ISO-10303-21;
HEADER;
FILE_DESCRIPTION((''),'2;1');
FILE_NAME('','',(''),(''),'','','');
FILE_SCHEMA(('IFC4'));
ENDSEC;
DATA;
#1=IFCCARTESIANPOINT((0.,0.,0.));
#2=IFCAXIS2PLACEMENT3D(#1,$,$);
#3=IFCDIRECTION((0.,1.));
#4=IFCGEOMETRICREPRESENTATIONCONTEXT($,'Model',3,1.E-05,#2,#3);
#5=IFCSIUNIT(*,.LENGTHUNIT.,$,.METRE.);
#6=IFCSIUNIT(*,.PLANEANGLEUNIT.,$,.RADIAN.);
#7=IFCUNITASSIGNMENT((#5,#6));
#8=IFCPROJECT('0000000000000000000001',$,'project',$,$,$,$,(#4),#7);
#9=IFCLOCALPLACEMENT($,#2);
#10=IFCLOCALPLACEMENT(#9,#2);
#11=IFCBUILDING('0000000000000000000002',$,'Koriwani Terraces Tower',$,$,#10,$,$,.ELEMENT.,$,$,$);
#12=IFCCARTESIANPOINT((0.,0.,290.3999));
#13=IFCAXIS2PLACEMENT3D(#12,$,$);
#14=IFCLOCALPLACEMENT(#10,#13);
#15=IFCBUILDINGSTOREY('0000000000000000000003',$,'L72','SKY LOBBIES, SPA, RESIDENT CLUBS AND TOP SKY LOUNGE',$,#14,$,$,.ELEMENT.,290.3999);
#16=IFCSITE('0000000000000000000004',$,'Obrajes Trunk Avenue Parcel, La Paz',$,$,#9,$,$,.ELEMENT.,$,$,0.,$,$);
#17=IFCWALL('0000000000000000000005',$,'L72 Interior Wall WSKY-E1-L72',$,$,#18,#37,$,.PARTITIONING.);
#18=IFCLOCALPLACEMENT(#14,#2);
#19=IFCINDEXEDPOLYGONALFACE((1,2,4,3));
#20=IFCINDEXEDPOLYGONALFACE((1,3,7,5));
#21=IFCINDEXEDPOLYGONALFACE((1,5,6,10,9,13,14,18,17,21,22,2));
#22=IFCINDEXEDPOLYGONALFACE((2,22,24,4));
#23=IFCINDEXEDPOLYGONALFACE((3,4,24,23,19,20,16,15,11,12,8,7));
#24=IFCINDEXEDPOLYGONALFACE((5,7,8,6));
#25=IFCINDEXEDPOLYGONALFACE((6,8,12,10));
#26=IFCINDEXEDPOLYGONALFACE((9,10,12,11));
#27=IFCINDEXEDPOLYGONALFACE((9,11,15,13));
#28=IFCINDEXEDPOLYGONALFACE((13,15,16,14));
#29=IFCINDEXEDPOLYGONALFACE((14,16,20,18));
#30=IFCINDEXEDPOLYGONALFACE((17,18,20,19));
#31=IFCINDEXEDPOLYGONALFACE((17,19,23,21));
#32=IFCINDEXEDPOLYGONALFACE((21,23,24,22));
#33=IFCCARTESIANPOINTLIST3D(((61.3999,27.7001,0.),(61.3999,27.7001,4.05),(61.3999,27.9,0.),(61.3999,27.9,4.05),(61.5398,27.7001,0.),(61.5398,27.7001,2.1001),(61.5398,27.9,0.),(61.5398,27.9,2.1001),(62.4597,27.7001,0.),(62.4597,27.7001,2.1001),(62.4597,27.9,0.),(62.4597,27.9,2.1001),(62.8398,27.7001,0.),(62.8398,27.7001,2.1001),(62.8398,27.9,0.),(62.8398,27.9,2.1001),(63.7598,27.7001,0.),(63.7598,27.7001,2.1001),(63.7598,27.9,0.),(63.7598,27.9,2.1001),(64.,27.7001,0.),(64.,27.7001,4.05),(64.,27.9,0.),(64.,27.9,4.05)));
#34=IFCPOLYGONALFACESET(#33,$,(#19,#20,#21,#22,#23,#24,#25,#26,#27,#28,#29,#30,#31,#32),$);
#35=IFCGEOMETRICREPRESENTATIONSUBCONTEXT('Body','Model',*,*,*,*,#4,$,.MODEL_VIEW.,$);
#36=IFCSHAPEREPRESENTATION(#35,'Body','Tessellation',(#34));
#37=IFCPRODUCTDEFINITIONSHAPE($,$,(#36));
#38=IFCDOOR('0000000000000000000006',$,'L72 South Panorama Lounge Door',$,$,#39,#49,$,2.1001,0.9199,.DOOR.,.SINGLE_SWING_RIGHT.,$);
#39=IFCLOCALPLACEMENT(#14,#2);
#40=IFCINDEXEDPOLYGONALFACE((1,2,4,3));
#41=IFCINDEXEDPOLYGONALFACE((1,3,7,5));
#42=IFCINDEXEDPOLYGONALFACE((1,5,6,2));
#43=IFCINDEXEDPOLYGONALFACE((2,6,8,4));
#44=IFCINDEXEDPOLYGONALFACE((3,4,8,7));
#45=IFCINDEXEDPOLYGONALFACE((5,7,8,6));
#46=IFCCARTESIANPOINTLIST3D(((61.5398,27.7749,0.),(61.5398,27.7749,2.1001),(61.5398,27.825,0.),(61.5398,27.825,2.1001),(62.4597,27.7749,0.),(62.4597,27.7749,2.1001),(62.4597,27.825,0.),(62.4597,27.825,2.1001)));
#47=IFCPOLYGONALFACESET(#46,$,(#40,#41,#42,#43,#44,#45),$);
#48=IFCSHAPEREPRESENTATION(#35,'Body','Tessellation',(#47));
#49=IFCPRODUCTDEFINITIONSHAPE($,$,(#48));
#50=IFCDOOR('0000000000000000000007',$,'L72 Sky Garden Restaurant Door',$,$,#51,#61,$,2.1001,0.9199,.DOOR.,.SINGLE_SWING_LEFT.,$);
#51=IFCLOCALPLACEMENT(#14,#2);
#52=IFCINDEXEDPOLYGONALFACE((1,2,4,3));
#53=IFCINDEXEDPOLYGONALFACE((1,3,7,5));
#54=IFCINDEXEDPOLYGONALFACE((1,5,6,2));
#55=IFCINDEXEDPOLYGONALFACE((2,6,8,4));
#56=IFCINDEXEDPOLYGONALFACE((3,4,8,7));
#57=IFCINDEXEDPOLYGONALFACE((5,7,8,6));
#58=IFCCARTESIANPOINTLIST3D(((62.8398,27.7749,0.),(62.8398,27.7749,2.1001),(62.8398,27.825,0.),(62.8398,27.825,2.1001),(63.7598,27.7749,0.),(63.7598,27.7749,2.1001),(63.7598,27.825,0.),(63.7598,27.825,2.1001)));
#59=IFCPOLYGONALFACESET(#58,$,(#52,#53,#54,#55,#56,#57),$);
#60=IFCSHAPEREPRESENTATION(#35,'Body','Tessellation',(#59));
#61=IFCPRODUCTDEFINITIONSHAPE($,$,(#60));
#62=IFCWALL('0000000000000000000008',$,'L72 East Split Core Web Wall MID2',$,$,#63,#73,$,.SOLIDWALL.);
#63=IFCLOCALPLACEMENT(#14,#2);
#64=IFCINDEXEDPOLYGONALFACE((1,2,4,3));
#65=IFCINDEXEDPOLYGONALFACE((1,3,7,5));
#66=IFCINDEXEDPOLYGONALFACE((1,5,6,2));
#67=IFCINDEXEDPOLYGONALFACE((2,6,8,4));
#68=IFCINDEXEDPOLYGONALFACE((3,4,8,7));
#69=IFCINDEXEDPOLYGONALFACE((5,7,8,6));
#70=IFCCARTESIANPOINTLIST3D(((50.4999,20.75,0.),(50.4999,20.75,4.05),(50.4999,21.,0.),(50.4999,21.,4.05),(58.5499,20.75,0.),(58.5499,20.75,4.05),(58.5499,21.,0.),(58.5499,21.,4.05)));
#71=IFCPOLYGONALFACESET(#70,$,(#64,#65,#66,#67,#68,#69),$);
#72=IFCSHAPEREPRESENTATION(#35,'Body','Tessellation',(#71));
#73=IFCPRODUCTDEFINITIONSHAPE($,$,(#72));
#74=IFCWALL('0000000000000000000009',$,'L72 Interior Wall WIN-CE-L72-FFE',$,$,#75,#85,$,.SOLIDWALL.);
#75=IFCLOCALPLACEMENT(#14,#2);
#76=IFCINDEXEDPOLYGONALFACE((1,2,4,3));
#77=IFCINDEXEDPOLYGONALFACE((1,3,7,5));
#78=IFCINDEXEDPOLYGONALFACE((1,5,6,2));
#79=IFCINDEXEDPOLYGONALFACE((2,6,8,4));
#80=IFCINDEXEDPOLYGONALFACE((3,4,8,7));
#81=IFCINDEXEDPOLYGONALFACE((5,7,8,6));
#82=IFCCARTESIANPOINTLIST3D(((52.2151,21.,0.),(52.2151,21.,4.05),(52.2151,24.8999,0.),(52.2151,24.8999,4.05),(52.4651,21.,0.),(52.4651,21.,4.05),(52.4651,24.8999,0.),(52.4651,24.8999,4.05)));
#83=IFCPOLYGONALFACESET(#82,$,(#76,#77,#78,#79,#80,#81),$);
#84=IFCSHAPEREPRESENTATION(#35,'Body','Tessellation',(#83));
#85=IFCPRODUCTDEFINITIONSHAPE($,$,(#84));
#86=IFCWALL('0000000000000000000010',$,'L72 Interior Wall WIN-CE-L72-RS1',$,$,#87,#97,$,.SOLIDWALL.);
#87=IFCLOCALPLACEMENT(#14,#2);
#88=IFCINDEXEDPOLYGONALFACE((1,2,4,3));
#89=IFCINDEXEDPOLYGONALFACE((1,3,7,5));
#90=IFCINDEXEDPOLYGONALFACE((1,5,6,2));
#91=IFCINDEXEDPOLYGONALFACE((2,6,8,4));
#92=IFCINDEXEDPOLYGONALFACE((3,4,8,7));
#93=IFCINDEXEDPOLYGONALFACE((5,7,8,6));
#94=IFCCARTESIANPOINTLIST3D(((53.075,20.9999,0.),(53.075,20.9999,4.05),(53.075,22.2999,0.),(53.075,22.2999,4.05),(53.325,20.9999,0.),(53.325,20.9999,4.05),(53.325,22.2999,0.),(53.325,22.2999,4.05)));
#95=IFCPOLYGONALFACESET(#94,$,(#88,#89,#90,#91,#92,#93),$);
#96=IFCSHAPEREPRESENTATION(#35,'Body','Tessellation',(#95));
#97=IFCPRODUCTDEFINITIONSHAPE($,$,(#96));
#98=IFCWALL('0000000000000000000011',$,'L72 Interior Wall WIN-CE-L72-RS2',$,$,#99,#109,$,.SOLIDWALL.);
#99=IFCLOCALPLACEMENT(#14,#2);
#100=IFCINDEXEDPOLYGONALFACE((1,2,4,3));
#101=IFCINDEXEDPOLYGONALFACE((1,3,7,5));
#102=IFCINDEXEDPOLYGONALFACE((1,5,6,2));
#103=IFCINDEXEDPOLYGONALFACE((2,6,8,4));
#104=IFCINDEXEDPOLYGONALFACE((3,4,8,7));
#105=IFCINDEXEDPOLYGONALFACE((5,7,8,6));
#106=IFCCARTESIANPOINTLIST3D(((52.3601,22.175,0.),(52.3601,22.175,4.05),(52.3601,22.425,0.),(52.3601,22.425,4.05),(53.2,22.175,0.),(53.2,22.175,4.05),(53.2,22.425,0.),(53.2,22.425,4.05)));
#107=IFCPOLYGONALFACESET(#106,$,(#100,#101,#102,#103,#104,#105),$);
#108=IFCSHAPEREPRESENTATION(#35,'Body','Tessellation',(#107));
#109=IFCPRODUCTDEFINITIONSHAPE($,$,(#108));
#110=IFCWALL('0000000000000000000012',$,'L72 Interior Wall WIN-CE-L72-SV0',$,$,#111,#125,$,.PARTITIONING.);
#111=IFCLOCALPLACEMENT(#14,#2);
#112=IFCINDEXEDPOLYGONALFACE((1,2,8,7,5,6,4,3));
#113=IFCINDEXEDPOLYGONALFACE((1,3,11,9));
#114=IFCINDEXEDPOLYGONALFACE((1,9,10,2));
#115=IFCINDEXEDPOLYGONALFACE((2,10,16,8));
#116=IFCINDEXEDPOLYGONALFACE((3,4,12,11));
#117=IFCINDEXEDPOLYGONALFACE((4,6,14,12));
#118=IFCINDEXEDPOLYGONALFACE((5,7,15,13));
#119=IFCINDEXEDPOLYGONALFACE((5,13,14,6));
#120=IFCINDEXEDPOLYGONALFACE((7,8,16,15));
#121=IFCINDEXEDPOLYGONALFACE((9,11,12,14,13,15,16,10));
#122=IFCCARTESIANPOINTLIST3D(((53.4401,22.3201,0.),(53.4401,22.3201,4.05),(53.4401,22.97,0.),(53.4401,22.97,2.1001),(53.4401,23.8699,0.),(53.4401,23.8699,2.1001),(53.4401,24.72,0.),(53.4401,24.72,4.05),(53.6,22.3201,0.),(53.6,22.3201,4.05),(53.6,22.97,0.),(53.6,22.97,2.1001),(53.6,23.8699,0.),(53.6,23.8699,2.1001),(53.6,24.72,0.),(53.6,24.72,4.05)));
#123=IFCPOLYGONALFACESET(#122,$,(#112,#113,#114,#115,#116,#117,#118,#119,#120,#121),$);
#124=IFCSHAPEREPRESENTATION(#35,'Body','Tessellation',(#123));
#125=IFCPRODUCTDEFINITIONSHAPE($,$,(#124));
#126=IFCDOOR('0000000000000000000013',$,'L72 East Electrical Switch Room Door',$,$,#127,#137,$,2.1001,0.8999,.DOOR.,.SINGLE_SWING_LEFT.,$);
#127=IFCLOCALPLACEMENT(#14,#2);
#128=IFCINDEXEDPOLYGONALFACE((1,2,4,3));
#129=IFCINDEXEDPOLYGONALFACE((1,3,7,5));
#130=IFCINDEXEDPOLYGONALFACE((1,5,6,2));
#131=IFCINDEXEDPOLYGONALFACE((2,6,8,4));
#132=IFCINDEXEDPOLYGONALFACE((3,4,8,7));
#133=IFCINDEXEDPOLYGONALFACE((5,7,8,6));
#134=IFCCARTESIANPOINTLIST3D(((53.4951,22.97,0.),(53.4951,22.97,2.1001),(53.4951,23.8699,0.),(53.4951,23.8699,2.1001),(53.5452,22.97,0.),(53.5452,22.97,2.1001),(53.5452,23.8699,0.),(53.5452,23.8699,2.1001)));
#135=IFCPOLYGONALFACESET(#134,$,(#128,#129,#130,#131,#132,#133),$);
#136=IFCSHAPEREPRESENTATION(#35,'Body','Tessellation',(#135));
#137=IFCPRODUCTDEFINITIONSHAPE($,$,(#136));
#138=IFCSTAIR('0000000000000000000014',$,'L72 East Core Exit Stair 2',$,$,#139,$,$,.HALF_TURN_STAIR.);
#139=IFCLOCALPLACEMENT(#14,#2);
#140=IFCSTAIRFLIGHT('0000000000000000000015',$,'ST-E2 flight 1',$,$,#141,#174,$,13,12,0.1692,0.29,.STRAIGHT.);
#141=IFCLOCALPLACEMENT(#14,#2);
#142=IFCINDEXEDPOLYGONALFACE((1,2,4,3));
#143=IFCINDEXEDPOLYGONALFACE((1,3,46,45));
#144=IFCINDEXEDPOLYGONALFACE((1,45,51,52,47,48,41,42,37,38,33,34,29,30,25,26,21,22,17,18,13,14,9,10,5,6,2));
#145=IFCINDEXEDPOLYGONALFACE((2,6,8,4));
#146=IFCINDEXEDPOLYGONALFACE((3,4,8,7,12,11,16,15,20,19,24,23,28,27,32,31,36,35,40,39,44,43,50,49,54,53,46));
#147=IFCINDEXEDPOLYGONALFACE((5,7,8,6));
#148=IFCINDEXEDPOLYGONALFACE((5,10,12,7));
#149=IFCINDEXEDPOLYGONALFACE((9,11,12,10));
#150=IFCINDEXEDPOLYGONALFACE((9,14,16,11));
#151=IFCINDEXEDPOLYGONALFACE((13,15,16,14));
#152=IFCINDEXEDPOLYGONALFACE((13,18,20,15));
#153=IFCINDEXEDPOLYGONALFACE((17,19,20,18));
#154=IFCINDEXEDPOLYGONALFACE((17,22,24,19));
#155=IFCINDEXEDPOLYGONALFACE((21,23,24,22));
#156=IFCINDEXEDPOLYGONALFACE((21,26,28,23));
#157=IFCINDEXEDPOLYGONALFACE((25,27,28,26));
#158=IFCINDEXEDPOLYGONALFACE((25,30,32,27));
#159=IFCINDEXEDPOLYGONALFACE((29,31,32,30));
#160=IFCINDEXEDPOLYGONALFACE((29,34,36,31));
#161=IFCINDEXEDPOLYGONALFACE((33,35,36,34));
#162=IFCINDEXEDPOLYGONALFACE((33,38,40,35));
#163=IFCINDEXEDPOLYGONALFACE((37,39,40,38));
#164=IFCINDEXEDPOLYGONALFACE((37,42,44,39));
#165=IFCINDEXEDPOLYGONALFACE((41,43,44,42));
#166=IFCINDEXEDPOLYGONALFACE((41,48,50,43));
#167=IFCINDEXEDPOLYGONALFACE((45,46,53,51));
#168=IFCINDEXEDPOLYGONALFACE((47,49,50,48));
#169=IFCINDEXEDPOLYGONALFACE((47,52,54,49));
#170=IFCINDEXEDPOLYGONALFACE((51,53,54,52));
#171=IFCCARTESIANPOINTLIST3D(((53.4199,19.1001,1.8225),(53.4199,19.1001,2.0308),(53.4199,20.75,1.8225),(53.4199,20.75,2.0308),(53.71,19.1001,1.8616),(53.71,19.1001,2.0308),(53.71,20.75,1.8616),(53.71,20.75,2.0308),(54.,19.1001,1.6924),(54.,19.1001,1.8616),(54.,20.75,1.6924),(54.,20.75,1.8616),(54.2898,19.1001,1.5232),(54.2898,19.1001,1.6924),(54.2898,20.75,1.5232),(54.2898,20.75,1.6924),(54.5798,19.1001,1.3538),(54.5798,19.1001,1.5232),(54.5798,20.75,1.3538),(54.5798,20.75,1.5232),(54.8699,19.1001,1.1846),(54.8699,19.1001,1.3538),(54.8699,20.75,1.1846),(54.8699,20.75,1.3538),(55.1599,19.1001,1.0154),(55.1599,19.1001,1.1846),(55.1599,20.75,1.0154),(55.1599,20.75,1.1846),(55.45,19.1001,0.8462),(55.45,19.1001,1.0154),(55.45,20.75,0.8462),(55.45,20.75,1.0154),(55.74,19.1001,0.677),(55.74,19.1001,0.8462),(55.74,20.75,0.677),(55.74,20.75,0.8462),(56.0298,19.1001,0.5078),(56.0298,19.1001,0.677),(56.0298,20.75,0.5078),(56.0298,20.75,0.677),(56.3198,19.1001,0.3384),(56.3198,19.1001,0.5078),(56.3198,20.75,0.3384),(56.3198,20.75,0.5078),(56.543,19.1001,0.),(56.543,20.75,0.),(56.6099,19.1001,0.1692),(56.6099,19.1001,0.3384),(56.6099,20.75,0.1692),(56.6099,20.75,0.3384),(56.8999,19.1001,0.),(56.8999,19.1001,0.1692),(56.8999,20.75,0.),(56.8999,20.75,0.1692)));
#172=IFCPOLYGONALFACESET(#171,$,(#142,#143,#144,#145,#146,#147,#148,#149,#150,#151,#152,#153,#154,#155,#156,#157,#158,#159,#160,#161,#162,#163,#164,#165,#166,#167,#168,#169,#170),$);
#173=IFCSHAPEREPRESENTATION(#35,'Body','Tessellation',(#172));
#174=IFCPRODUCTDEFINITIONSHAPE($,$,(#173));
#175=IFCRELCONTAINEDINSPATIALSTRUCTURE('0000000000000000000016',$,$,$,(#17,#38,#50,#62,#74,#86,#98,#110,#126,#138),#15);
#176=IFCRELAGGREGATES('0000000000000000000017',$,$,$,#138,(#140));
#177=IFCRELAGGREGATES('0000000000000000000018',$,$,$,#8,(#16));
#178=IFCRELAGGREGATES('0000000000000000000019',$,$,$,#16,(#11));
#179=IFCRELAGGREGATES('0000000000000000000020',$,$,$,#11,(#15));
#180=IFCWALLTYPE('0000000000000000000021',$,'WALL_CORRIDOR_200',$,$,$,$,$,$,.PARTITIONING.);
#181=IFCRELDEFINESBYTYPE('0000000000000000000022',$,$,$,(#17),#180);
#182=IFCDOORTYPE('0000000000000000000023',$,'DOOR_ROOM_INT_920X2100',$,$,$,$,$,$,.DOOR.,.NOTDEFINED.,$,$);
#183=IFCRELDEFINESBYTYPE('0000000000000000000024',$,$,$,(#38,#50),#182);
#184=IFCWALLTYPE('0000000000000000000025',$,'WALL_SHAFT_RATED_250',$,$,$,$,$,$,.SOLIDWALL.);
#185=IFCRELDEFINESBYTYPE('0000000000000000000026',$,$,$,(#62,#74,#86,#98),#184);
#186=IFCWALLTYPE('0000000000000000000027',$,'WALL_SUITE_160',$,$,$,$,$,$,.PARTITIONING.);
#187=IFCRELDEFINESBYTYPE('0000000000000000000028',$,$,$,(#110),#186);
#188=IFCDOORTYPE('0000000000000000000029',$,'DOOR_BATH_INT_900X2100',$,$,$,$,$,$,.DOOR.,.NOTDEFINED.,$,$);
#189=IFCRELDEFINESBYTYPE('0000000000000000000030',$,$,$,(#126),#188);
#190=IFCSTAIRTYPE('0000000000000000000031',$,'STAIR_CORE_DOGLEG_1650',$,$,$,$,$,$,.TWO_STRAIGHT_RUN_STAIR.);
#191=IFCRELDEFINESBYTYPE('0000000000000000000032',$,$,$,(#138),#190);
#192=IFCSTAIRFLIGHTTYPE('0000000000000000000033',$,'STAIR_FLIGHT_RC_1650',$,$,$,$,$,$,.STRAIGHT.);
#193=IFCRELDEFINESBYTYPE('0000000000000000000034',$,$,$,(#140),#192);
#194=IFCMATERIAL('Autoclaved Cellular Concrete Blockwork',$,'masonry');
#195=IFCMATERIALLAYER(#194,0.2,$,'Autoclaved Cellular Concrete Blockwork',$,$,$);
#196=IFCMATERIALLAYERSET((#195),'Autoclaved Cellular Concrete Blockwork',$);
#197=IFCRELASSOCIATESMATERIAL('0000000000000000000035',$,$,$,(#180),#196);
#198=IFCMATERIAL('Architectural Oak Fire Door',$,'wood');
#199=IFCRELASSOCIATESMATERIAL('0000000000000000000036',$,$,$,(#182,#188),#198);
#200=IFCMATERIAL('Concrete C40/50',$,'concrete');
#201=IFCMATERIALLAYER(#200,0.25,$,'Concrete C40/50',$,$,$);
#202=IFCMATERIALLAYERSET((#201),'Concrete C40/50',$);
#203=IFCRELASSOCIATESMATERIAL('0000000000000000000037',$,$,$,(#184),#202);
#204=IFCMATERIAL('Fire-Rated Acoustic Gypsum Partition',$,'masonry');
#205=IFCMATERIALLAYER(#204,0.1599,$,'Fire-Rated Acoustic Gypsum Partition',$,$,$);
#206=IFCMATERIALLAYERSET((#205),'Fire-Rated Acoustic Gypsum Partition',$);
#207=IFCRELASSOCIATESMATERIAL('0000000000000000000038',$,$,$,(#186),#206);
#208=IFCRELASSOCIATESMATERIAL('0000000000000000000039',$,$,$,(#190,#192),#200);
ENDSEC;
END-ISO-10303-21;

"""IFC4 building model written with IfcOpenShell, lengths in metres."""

from ifc_helpers import new_model, si_unit, direction, frame, frame_2d, origin, place, context, subcontext, project, spatial, polyline, rectangle, outline, extrude, material, layer, layer_set, type_object, element, fill, aggregate, save


model = new_model("IFC4")

# Units and contexts
model_context = context("Model", 3, precision=1e-05, world=origin(), true_north=direction((0.0, 1.0)))
body_context = subcontext(model_context, "Body", "Model", "MODEL_VIEW")
ifc_project = project(units=[si_unit("LENGTHUNIT", "METRE"), si_unit("PLANEANGLEUNIT", "RADIAN")], contexts=[model_context])

# Site, building, storey
site_placement = place(None, origin())
site = spatial("IfcSite", under=ifc_project, at=site_placement, Name="Obrajes Trunk Avenue Parcel, La Paz", CompositionType="ELEMENT", RefElevation=0.0)
building_placement = place(site_placement, origin())
building = spatial("IfcBuilding", under=site, at=building_placement, Name="Koriwani Terraces Tower", CompositionType="ELEMENT")
storey_placement = place(building_placement, frame((0.0, 0.0, 290.3999)))
storey = spatial("IfcBuildingStorey", under=building, at=storey_placement, Name="L72", Description="SKY LOBBIES, SPA, RESIDENT CLUBS AND TOP SKY LOUNGE", CompositionType="ELEMENT", Elevation=290.3999)

# Shared definitions
ifc_material_1 = material(Name="Concrete C40/50", Category="concrete")

# Wall, openings, doors
ifc_material_2 = material(Name="Autoclaved Cellular Concrete Blockwork", Category="masonry")
ifc_layer_1 = layer(ifc_material_2, 0.2, Name="Autoclaved Cellular Concrete Blockwork")
ifc_layer_set_1 = layer_set([ifc_layer_1], Name="Autoclaved Cellular Concrete Blockwork")
wall_type_1 = type_object("IfcWallType", Name="WALL_CORRIDOR_200", PredefinedType="PARTITIONING", material=ifc_layer_set_1)
wall_1_placement = place(storey_placement, frame((61.3999, 27.8, 0.0), z_axis=(0.0, 0.0, 1.0), x_axis=(1.0, 0.0, 0.0)))
wall_1 = element("IfcWall", 1, at=wall_1_placement, inside=storey, type_object=wall_type_1, Name="L72 Interior Wall WSKY-E1-L72", PredefinedType="PARTITIONING", context=body_context, shape_type="SweptSolid", body=[
    extrude(rectangle(XDim=2.6001, YDim=0.2, at=frame_2d((1.3, 0.0))), origin(), (0.0, 0.0, 1.0), 4.05),
])
opening_1_placement = place(wall_1_placement, frame((0.1399, 0.0, 0.0)))
opening_1 = element("IfcOpeningElement", 2, at=opening_1_placement, cuts=wall_1, PredefinedType="OPENING", context=body_context, shape_type="SweptSolid", body=[
    extrude(rectangle(XDim=0.9199, YDim=2.1001, at=frame_2d((0.46, 1.05))), frame((0.0, 0.1099, 0.0), z_axis=(0.0, -1.0, 0.0), x_axis=(1.0, 0.0, 0.0)), (0.0, 0.0, 1.0), 0.22),
])
opening_2_placement = place(wall_1_placement, frame((1.4399, 0.0, 0.0)))
opening_2 = element("IfcOpeningElement", 3, at=opening_2_placement, cuts=wall_1, PredefinedType="OPENING", context=body_context, shape_type="SweptSolid", body=[
    extrude(rectangle(XDim=0.9199, YDim=2.1001, at=frame_2d((0.46, 1.05))), frame((0.0, 0.1099, 0.0), z_axis=(0.0, -1.0, 0.0), x_axis=(1.0, 0.0, 0.0)), (0.0, 0.0, 1.0), 0.22),
])
ifc_material_3 = material(Name="Architectural Oak Fire Door", Category="wood")
door_type_1 = type_object("IfcDoorType", Name="DOOR_ROOM_INT_920X2100", OperationType="NOTDEFINED", PredefinedType="DOOR", material=ifc_material_3)
door_1_placement = place(opening_1_placement, origin())
door_1 = element("IfcDoor", 4, at=door_1_placement, inside=storey, type_object=door_type_1, Name="L72 South Panorama Lounge Door", OperationType="SINGLE_SWING_RIGHT", OverallHeight=2.1001, OverallWidth=0.9199, PredefinedType="DOOR", context=body_context, shape_type="SweptSolid", body=[
    extrude(rectangle(XDim=0.9199, YDim=2.1001, at=frame_2d((0.46, 1.05))), frame((0.0, 0.0249, 0.0), z_axis=(0.0, -1.0, 0.0), x_axis=(1.0, 0.0, 0.0)), (0.0, 0.0, 1.0), 0.05),
])
fill(opening_1, door_1)
door_2_placement = place(opening_2_placement, origin())
door_2 = element("IfcDoor", 5, at=door_2_placement, inside=storey, type_object=door_type_1, Name="L72 Sky Garden Restaurant Door", OperationType="SINGLE_SWING_LEFT", OverallHeight=2.1001, OverallWidth=0.9199, PredefinedType="DOOR", context=body_context, shape_type="SweptSolid", body=[
    extrude(rectangle(XDim=0.9199, YDim=2.1001, at=frame_2d((0.46, 1.05))), frame((0.0, 0.0249, 0.0), z_axis=(0.0, -1.0, 0.0), x_axis=(1.0, 0.0, 0.0)), (0.0, 0.0, 1.0), 0.05),
])
fill(opening_2, door_2)

# Wall
ifc_layer_2 = layer(ifc_material_1, 0.25, Name="Concrete C40/50")
ifc_layer_set_2 = layer_set([ifc_layer_2], Name="Concrete C40/50")
wall_type_2 = type_object("IfcWallType", Name="WALL_SHAFT_RATED_250", PredefinedType="SOLIDWALL", material=ifc_layer_set_2)
wall_2_placement = place(storey_placement, frame((50.5, 20.875, 0.0), z_axis=(0.0, 0.0, 1.0), x_axis=(1.0, 0.0, 0.0)))
element("IfcWall", 6, at=wall_2_placement, inside=storey, type_object=wall_type_2, Name="L72 East Split Core Web Wall MID2", PredefinedType="SOLIDWALL", context=body_context, shape_type="SweptSolid", body=[
    extrude(rectangle(XDim=8.05, YDim=0.25, at=frame_2d((4.0249, 0.0))), origin(), (0.0, 0.0, 1.0), 4.05),
])

# Wall
wall_3_placement = place(storey_placement, frame((52.3401, 21.0, 0.0), z_axis=(0.0, 0.0, 1.0), x_axis=(0.0, 1.0, 0.0)))
element("IfcWall", 7, at=wall_3_placement, inside=storey, type_object=wall_type_2, Name="L72 Interior Wall WIN-CE-L72-FFE", PredefinedType="SOLIDWALL", context=body_context, shape_type="SweptSolid", body=[
    extrude(rectangle(XDim=3.8999, YDim=0.25, at=frame_2d((1.95, 0.0))), origin(), (0.0, 0.0, 1.0), 4.05),
])

# Walls
wall_4_placement = place(storey_placement, frame((53.2, 21.0, 0.0), z_axis=(0.0, 0.0, 1.0), x_axis=(0.0, 1.0, 0.0)))
element("IfcWall", 8, at=wall_4_placement, inside=storey, type_object=wall_type_2, Name="L72 Interior Wall WIN-CE-L72-RS1", PredefinedType="SOLIDWALL", context=body_context, shape_type="SweptSolid", body=[
    extrude(rectangle(XDim=1.3, YDim=0.25, at=frame_2d((0.6499, 0.0))), origin(), (0.0, 0.0, 1.0), 4.05),
])
wall_5_placement = place(storey_placement, frame((52.3601, 22.3, 0.0), z_axis=(0.0, 0.0, 1.0), x_axis=(1.0, 0.0, 0.0)))
element("IfcWall", 9, at=wall_5_placement, inside=storey, type_object=wall_type_2, Name="L72 Interior Wall WIN-CE-L72-RS2", PredefinedType="SOLIDWALL", context=body_context, shape_type="SweptSolid", body=[
    extrude(rectangle(XDim=0.8398, YDim=0.25, at=frame_2d((0.4199, 0.0))), origin(), (0.0, 0.0, 1.0), 4.05),
])

# Wall, opening, door
ifc_material_4 = material(Name="Fire-Rated Acoustic Gypsum Partition", Category="masonry")
ifc_layer_3 = layer(ifc_material_4, 0.1599, Name="Fire-Rated Acoustic Gypsum Partition")
ifc_layer_set_3 = layer_set([ifc_layer_3], Name="Fire-Rated Acoustic Gypsum Partition")
wall_type_3 = type_object("IfcWallType", Name="WALL_SUITE_160", PredefinedType="PARTITIONING", material=ifc_layer_set_3)
wall_6_placement = place(storey_placement, frame((53.52, 22.3201, 0.0), z_axis=(0.0, 0.0, 1.0), x_axis=(0.0, 1.0, 0.0)))
wall_6 = element("IfcWall", 10, at=wall_6_placement, inside=storey, type_object=wall_type_3, Name="L72 Interior Wall WIN-CE-L72-SV0", PredefinedType="PARTITIONING", context=body_context, shape_type="SweptSolid", body=[
    extrude(rectangle(XDim=2.3999, YDim=0.1599, at=frame_2d((1.2, 0.0))), origin(), (0.0, 0.0, 1.0), 4.05),
])
opening_3_placement = place(wall_6_placement, frame((0.6499, 0.0, 0.0)))
opening_3 = element("IfcOpeningElement", 11, at=opening_3_placement, cuts=wall_6, PredefinedType="OPENING", context=body_context, shape_type="SweptSolid", body=[
    extrude(rectangle(XDim=0.8999, YDim=2.1001, at=frame_2d((0.45, 1.05))), frame((0.0, 0.0898, 0.0), z_axis=(0.0, -1.0, 0.0), x_axis=(1.0, 0.0, 0.0)), (0.0, 0.0, 1.0), 0.1799),
])
door_type_2 = type_object("IfcDoorType", Name="DOOR_BATH_INT_900X2100", OperationType="NOTDEFINED", PredefinedType="DOOR", material=ifc_material_3)
door_3_placement = place(opening_3_placement, origin())
door_3 = element("IfcDoor", 12, at=door_3_placement, inside=storey, type_object=door_type_2, Name="L72 East Electrical Switch Room Door", OperationType="SINGLE_SWING_LEFT", OverallHeight=2.1001, OverallWidth=0.8999, PredefinedType="DOOR", context=body_context, shape_type="SweptSolid", body=[
    extrude(rectangle(XDim=0.8999, YDim=2.1001, at=frame_2d((0.45, 1.05))), frame((0.0, 0.0249, 0.0), z_axis=(0.0, -1.0, 0.0), x_axis=(1.0, 0.0, 0.0)), (0.0, 0.0, 1.0), 0.05),
])
fill(opening_3, door_3)

# Stair, stair flight
stair_type = type_object("IfcStairType", Name="STAIR_CORE_DOGLEG_1650", PredefinedType="TWO_STRAIGHT_RUN_STAIR", material=ifc_material_1)
stair_placement = place(storey_placement, origin())
stair = element("IfcStair", 13, at=stair_placement, inside=storey, type_object=stair_type, Name="L72 East Core Exit Stair 2", PredefinedType="HALF_TURN_STAIR")
stair_flight_type = type_object("IfcStairFlightType", Name="STAIR_FLIGHT_RC_1650", PredefinedType="STRAIGHT", material=ifc_material_1)
stair_flight_placement = place(storey_placement, frame((56.8999, 19.925, 0.0), z_axis=(0.0, 0.0, 1.0), x_axis=(-1.0, 0.0, 0.0)))
stair_flight = element("IfcStairFlight", 14, at=stair_flight_placement, type_object=stair_flight_type, Name="ST-E2 flight 1", NumberOfRisers=13, NumberOfTreads=12, PredefinedType="STRAIGHT", RiserHeight=0.1692, TreadLength=0.29, context=body_context, shape_type="SweptSolid", body=[
    extrude(outline(polyline([(0.0, 0.0), (0.0, 0.1692), (0.29, 0.1692), (0.29, 0.3384), (0.5801, 0.3384), (0.5801, 0.5078), (0.8701, 0.5078), (0.8701, 0.677), (1.1599, 0.677), (1.1599, 0.8462), (1.45, 0.8462), (1.45, 1.0154), (1.74, 1.0154), (1.74, 1.1846), (2.03, 1.1846), (2.03, 1.3538), (2.3201, 1.3538), (2.3201, 1.5232), (2.6101, 1.5232), (2.6101, 1.6924), (2.8999, 1.6924), (2.8999, 1.8616), (3.1899, 1.8616), (3.1899, 2.0308), (3.48, 2.0308), (3.48, 2.2), (3.48, 1.8225), (0.3569, 0.0), (0.0, 0.0)])), frame((0.0, 0.825, 0.0), z_axis=(0.0, -1.0, 0.0), x_axis=(1.0, 0.0, 0.0)), (0.0, 0.0, 1.0), 1.6499),
])
aggregate(stair, [stair_flight])

save(model, "model.ifc")
